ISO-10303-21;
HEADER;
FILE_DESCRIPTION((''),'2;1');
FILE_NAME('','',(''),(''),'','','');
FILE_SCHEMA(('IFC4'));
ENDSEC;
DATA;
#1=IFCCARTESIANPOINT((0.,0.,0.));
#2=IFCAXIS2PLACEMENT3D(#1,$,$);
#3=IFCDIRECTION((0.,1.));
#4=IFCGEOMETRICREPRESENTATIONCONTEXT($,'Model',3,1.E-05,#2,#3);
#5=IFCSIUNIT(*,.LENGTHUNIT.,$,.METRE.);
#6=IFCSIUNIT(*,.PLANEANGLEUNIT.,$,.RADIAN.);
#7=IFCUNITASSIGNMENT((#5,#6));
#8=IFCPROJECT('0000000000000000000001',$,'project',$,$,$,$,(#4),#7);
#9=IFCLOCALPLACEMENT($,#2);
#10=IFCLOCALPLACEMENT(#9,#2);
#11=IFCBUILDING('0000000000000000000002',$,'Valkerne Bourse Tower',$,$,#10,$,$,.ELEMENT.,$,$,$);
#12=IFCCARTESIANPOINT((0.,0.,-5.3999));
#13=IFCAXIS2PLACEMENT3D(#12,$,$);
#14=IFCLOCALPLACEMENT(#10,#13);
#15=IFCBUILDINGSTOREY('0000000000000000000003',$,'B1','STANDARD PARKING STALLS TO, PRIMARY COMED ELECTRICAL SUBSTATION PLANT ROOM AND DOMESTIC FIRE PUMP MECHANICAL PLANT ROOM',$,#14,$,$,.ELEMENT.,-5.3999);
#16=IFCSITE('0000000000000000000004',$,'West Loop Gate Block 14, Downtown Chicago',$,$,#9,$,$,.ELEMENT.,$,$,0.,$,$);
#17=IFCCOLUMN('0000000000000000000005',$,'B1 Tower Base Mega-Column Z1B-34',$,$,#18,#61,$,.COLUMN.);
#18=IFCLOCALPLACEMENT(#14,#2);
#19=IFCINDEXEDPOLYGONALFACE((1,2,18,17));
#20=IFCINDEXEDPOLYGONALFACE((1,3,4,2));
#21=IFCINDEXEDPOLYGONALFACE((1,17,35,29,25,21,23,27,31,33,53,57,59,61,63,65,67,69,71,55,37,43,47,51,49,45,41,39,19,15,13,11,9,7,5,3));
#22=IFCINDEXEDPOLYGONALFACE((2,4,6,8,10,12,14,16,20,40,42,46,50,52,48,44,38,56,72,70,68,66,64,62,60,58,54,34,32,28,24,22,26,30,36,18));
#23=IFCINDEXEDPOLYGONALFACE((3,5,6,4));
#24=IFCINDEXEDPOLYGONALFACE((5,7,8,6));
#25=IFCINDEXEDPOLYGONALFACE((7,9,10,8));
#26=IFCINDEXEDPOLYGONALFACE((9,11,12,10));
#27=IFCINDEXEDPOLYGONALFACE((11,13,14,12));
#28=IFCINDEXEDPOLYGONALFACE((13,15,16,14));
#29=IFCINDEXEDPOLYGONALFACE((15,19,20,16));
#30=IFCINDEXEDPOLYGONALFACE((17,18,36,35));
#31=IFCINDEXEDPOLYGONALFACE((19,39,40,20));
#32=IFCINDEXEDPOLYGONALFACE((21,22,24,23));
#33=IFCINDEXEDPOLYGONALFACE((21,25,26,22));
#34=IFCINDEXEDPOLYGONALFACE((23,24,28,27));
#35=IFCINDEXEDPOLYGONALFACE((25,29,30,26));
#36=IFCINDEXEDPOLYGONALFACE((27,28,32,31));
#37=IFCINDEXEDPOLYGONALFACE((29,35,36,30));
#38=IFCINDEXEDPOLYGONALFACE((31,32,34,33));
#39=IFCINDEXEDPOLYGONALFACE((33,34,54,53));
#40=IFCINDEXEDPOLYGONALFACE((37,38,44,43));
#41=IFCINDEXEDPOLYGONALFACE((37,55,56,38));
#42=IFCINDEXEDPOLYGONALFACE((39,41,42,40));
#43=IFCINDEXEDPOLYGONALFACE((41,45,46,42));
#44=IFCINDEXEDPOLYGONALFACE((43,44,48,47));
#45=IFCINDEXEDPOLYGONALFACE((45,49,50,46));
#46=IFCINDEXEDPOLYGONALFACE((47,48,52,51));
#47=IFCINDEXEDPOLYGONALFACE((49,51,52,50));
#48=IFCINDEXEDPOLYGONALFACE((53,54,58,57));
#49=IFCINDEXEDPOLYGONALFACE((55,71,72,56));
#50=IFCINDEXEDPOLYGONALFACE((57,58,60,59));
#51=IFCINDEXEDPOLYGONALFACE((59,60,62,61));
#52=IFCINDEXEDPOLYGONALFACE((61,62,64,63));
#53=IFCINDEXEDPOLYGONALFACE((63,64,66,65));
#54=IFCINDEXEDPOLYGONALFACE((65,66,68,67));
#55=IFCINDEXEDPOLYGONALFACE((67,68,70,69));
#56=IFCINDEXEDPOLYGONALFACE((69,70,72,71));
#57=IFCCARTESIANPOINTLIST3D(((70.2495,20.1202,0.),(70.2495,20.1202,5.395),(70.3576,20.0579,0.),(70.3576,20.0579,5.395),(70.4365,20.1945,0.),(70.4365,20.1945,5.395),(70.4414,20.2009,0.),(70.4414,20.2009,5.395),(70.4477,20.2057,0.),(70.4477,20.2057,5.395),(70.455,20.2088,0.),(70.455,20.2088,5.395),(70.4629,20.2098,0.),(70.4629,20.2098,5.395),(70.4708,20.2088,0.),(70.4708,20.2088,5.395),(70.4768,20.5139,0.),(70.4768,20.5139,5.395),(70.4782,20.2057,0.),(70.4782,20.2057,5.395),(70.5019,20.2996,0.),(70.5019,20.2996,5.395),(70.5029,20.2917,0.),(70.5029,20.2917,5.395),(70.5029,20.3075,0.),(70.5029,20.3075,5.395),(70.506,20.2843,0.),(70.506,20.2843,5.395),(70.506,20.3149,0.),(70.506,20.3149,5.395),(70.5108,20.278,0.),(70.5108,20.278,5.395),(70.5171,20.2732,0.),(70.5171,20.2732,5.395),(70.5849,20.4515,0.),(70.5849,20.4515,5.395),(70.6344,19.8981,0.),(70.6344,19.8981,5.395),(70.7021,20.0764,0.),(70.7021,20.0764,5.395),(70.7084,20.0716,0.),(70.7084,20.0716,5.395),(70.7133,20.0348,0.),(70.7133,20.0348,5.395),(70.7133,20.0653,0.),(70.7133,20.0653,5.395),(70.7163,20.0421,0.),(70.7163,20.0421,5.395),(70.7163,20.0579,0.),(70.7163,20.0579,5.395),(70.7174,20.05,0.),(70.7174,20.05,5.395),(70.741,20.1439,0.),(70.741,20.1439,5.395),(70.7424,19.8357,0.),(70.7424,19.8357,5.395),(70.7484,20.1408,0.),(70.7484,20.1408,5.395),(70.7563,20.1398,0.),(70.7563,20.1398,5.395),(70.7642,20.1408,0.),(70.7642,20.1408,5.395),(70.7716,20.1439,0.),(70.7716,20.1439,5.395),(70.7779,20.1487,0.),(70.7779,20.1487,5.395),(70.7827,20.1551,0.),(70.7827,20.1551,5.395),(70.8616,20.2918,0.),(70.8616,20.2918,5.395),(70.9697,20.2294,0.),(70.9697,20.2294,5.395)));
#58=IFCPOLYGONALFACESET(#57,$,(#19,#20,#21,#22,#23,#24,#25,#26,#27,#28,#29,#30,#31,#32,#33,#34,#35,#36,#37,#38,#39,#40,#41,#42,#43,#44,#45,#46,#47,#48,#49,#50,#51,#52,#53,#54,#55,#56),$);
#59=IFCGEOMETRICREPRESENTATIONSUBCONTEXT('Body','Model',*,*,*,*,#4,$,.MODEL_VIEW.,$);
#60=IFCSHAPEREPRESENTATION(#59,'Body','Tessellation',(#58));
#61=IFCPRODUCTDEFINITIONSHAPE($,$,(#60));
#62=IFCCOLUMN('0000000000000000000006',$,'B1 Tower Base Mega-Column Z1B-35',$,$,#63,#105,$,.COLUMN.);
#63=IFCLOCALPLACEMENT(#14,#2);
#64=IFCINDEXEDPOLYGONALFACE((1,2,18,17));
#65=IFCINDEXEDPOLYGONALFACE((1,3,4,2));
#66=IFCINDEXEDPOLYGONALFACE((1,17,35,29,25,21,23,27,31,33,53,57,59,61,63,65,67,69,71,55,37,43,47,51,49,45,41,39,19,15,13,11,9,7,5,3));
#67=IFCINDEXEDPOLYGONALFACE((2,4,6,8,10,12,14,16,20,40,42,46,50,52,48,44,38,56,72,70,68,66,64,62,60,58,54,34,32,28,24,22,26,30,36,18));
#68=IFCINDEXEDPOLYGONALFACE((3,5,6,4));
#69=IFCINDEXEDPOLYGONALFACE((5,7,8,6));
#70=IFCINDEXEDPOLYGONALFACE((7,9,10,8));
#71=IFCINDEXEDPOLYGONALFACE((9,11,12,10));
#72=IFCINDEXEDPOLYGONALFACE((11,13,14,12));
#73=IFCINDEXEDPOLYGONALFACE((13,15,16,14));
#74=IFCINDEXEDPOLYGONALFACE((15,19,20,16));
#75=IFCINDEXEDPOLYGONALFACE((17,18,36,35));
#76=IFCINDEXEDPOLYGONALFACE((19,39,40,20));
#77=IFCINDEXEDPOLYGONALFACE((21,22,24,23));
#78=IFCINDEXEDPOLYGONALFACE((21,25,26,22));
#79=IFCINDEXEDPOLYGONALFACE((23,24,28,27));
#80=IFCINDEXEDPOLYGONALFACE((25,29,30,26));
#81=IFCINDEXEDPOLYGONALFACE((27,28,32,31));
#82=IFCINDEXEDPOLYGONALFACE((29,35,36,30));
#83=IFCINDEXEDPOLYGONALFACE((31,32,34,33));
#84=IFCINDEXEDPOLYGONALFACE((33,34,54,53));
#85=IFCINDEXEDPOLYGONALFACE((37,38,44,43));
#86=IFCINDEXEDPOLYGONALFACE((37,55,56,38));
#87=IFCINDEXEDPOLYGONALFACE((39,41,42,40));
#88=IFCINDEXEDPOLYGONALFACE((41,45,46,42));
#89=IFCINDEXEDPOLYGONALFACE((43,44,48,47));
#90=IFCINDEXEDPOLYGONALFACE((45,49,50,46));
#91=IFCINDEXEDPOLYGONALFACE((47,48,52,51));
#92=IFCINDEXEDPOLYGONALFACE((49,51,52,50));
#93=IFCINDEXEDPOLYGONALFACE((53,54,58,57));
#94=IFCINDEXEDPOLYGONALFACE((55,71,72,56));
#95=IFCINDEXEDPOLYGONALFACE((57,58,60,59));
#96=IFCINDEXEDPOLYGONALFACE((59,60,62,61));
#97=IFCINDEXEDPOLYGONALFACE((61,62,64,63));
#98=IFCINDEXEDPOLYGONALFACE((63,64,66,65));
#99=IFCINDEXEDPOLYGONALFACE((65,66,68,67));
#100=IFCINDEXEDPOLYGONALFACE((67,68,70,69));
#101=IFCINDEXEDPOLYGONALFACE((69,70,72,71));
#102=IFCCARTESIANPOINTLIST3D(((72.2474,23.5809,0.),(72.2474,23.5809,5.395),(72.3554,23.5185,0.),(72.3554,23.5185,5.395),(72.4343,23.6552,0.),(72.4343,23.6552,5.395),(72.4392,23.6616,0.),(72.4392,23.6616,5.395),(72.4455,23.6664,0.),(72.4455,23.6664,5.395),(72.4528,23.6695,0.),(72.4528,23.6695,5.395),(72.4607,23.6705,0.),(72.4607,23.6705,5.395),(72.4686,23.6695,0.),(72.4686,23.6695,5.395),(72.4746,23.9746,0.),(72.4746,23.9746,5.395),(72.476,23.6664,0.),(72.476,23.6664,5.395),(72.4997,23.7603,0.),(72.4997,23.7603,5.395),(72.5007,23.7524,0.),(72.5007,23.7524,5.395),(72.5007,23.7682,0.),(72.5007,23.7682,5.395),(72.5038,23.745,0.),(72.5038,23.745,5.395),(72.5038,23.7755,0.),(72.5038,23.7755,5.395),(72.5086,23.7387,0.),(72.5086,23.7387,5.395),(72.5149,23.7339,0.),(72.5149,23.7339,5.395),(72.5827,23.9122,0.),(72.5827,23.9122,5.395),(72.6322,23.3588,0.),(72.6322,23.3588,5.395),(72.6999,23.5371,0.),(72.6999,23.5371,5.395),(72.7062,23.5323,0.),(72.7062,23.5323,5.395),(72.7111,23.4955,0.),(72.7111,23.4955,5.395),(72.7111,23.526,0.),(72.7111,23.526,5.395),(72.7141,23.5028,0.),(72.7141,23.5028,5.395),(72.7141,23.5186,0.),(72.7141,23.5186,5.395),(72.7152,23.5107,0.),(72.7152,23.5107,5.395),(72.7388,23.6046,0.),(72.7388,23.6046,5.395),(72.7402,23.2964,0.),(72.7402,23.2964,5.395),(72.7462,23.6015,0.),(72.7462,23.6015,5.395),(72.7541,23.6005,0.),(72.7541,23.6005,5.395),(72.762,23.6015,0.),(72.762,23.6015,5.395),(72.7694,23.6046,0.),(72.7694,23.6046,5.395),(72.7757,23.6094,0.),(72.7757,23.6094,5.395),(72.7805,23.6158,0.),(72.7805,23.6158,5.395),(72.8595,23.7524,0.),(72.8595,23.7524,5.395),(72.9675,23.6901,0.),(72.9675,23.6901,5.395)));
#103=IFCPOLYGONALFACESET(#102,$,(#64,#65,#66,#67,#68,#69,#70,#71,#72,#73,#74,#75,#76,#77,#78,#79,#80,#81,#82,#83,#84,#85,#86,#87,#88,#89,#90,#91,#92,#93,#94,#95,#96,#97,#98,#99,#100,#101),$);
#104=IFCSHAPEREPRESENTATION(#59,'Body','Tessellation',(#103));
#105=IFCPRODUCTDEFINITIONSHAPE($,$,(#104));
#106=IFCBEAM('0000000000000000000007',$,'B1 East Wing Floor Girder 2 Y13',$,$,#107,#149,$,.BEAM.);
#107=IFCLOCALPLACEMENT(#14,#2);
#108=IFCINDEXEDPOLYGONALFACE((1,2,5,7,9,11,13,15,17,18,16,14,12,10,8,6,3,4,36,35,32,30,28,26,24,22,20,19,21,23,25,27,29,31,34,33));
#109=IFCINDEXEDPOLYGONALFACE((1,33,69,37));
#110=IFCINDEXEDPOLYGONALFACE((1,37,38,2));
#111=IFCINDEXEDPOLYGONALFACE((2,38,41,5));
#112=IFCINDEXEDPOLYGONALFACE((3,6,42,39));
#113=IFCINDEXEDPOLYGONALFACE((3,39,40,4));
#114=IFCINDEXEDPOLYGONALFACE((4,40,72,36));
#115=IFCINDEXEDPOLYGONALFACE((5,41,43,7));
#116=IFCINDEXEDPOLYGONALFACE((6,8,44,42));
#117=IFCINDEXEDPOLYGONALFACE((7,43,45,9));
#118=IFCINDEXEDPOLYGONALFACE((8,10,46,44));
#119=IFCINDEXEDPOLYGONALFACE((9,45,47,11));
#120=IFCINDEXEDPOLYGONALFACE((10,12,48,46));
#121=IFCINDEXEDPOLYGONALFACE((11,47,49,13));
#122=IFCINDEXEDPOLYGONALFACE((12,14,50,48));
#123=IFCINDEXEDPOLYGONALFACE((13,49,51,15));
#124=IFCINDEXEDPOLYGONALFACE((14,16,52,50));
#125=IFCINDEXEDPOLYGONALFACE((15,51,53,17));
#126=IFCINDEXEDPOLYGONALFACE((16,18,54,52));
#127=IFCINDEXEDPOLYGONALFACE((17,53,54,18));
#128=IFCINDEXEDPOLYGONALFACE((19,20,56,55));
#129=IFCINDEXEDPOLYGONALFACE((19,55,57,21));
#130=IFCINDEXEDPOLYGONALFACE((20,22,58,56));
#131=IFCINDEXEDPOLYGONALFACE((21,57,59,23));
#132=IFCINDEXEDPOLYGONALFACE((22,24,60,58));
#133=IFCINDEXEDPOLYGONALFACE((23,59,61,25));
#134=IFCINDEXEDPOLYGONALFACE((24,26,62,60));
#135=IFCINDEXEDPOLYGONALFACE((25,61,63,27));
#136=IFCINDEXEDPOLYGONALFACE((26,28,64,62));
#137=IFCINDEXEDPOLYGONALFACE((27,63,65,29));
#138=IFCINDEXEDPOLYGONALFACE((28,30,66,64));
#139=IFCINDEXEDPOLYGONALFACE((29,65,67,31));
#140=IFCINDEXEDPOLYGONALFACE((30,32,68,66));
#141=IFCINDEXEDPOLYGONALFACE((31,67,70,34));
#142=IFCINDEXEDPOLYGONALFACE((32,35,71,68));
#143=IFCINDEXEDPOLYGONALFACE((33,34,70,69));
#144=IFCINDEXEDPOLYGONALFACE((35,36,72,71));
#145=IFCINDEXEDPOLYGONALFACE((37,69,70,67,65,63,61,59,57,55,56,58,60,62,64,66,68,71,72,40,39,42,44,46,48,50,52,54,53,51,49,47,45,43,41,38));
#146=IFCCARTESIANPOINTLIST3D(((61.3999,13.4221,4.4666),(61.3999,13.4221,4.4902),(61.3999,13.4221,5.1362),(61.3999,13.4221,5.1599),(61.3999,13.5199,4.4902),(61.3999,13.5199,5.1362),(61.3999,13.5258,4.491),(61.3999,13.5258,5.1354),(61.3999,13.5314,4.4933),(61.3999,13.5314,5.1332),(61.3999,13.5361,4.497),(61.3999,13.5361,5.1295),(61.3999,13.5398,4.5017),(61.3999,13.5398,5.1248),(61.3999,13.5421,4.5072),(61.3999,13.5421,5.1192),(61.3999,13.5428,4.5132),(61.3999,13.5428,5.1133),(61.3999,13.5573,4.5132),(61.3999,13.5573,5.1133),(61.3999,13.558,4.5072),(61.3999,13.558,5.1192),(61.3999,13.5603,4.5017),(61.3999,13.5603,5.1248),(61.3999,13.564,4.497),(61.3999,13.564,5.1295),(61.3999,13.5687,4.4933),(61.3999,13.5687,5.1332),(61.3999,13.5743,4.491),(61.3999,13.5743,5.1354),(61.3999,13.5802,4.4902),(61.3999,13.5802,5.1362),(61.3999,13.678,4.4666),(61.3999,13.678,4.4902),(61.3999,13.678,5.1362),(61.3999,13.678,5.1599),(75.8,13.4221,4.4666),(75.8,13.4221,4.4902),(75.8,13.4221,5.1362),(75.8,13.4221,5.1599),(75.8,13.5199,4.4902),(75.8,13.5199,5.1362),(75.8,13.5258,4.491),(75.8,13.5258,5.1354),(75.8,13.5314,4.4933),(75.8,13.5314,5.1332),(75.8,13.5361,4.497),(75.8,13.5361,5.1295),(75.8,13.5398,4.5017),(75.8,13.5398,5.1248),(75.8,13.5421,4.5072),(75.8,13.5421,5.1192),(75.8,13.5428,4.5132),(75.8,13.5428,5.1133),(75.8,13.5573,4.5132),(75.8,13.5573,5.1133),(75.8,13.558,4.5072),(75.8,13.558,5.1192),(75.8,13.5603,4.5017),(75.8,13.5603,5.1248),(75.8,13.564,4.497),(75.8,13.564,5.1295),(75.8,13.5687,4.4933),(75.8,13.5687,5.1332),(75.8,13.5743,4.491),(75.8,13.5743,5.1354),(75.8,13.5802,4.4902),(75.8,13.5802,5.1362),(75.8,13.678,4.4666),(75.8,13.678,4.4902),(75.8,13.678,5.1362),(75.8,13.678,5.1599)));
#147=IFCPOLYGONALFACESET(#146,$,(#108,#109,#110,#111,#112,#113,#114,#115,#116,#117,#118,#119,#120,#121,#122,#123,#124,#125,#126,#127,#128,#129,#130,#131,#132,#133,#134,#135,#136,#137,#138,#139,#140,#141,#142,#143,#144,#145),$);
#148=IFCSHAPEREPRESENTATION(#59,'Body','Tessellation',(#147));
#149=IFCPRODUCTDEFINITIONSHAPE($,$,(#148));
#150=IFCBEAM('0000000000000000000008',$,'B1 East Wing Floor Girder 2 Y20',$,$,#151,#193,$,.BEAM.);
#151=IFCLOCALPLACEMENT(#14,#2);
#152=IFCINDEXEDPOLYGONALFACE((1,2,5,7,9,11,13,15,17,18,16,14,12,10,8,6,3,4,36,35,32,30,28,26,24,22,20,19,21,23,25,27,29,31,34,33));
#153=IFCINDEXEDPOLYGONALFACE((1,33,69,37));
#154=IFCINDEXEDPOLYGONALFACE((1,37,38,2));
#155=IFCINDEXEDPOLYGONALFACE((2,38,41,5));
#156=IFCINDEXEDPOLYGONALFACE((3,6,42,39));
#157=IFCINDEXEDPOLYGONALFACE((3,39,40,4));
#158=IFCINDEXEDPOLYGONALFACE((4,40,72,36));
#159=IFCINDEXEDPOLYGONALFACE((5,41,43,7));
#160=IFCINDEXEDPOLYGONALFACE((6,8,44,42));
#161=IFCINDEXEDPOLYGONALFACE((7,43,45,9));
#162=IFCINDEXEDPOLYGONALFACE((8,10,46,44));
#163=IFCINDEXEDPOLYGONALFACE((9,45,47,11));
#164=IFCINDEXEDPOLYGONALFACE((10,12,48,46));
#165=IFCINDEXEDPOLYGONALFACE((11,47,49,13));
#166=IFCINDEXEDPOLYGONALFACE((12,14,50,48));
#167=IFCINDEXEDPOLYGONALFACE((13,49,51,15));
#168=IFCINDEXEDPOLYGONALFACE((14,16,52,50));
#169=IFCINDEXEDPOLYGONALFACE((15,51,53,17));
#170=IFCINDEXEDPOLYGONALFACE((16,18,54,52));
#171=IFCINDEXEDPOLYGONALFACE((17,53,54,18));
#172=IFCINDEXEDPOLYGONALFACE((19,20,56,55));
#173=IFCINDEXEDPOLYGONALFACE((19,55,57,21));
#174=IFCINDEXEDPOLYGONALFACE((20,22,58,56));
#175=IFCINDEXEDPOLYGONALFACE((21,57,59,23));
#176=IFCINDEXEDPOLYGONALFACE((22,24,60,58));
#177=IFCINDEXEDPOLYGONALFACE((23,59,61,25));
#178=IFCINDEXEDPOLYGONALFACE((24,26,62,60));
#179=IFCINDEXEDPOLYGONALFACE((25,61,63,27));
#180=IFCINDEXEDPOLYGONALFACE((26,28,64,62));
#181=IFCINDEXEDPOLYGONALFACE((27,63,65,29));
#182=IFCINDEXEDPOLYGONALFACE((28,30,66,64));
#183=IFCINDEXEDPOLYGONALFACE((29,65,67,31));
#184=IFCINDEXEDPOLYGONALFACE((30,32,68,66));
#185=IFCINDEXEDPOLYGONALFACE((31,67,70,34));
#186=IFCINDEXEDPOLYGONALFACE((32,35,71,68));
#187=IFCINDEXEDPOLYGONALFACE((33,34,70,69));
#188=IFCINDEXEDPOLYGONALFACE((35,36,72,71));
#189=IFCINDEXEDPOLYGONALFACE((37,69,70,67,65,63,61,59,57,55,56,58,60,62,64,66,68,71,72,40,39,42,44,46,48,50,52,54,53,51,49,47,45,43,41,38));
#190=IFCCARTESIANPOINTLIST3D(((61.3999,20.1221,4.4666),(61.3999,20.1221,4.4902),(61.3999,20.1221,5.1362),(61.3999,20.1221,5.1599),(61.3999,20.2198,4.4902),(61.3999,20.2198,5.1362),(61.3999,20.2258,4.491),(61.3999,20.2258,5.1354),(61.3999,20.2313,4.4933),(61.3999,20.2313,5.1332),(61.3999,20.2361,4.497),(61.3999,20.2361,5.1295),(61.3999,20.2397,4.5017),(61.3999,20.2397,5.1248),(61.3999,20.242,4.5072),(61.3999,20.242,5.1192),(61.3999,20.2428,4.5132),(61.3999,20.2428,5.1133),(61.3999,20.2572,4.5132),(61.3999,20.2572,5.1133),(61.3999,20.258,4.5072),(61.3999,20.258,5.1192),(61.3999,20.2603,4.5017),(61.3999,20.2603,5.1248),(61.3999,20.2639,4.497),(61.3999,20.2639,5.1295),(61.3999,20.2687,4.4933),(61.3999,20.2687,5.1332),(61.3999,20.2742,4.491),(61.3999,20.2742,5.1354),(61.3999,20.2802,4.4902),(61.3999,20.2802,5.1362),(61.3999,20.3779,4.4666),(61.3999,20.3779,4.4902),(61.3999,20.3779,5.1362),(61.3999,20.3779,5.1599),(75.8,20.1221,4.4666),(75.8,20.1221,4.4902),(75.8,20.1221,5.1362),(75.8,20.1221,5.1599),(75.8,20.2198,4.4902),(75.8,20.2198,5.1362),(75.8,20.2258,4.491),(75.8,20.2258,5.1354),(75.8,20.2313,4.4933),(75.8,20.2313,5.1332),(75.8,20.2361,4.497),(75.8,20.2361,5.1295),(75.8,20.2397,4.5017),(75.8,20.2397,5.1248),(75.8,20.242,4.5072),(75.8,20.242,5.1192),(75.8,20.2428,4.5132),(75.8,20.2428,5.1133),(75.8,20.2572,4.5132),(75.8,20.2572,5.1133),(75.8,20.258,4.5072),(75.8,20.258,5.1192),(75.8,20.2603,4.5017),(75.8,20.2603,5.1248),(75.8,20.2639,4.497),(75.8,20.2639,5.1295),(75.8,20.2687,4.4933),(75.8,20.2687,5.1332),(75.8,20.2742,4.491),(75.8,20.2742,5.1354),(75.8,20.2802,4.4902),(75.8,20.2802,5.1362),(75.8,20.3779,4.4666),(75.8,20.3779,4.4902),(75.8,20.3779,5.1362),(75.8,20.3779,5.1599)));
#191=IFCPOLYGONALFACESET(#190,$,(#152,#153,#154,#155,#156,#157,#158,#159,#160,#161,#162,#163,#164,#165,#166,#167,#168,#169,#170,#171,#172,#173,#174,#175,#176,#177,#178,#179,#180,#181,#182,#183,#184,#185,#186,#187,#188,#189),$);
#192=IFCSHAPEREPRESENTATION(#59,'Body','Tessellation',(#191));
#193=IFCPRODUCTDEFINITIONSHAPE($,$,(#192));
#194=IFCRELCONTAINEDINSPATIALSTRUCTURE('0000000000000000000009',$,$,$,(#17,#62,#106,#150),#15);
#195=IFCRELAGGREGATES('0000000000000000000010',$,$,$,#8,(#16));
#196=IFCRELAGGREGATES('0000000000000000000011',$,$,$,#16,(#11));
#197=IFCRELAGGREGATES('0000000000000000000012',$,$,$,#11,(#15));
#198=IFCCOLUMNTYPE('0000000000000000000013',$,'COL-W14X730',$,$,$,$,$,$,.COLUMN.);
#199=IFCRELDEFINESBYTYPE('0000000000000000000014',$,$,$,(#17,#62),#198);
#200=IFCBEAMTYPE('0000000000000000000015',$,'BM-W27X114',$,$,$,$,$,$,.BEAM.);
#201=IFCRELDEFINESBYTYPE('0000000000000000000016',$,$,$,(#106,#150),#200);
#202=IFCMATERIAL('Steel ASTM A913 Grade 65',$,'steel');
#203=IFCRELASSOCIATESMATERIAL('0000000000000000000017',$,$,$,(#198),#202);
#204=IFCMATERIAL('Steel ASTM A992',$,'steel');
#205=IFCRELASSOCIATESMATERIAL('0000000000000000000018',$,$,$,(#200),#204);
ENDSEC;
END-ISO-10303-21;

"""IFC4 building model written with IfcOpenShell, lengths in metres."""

from ifc_helpers import new_model, si_unit, direction, frame, origin, origin_2d, place, context, subcontext, project, spatial, i_section, extrude, material, material_profile, profile_set, type_object, element, save


model = new_model("IFC4")

# Units and contexts
model_context = context("Model", 3, precision=1e-05, world=origin(), true_north=direction((0.0, 1.0)))
body_context = subcontext(model_context, "Body", "Model", "MODEL_VIEW")
ifc_project = project(units=[si_unit("LENGTHUNIT", "METRE"), si_unit("PLANEANGLEUNIT", "RADIAN")], contexts=[model_context])

# Site, building, storey
site_placement = place(None, origin())
site = spatial("IfcSite", under=ifc_project, at=site_placement, Name="West Loop Gate Block 14, Downtown Chicago", CompositionType="ELEMENT", RefElevation=0.0)
building_placement = place(site_placement, origin())
building = spatial("IfcBuilding", under=site, at=building_placement, Name="Valkerne Bourse Tower", CompositionType="ELEMENT")
storey_placement = place(building_placement, frame((0.0, 0.0, -5.3999)))
storey = spatial("IfcBuildingStorey", under=building, at=storey_placement, Name="B1", Description="STANDARD PARKING STALLS TO, PRIMARY COMED ELECTRICAL SUBSTATION PLANT ROOM AND DOMESTIC FIRE PUMP MECHANICAL PLANT ROOM", CompositionType="ELEMENT", Elevation=-5.3999)

# Columns
ifc_material_1 = material(Name="Steel ASTM A913 Grade 65", Category="steel")
ifc_material_profile_1 = material_profile(ifc_material_1, i_section(OverallWidth=0.4546, OverallDepth=0.5691, WebThickness=0.0779, FlangeThickness=0.1248, FilletRadius=0.0305, at=origin_2d()), Name="W14X730")
ifc_profile_set_1 = profile_set([ifc_material_profile_1], Name="Steel ASTM A913 Grade 65")
column_type_1 = type_object("IfcColumnType", Name="COL-W14X730", PredefinedType="COLUMN", material=ifc_profile_set_1)
for number, where, z_axis, x_axis, name in (
    (1, (70.6096, 20.1748, 0.0), (0.0, 0.0, 1.0), (0.5, 0.866025, 0.0), "B1 Tower Base Mega-Column Z1B-34"),
    (2, (72.6074, 23.6355, 0.0), (0.0, 0.0, 1.0), (0.5, 0.866025, 0.0), "B1 Tower Base Mega-Column Z1B-35"),
):
    element("IfcColumn", number, at=place(storey_placement, frame(where, z_axis=z_axis, x_axis=x_axis)), inside=storey, type_object=column_type_1, Name=name, PredefinedType="COLUMN", context=body_context, shape_type="SweptSolid", body=[
        extrude(i_section(OverallWidth=0.4546, OverallDepth=0.5691, WebThickness=0.0779, FlangeThickness=0.1248, FilletRadius=0.0305, at=origin_2d()), origin(), (0.0, 0.0, 1.0), 5.395),
    ])

# Beams
ifc_material_2 = material(Name="Steel ASTM A992", Category="steel")
ifc_material_profile_2 = material_profile(ifc_material_2, i_section(OverallWidth=0.2559, OverallDepth=0.6934, WebThickness=0.0144, FlangeThickness=0.0237, FilletRadius=0.0229, at=origin_2d()), Name="W27X114")
ifc_profile_set_2 = profile_set([ifc_material_profile_2], Name="Steel ASTM A992")
beam_type_1 = type_object("IfcBeamType", Name="BM-W27X114", PredefinedType="BEAM", material=ifc_profile_set_2)
for number, where, z_axis, x_axis, name in (
    (3, (61.3999, 13.55, 4.8132), (1.0, 0.0, 0.0), (0.0, 1.0, 0.0), "B1 East Wing Floor Girder 2 Y13"),
    (4, (61.3999, 20.25, 4.8132), (1.0, 0.0, 0.0), (0.0, 1.0, 0.0), "B1 East Wing Floor Girder 2 Y20"),
):
    element("IfcBeam", number, at=place(storey_placement, frame(where, z_axis=z_axis, x_axis=x_axis)), inside=storey, type_object=beam_type_1, Name=name, PredefinedType="BEAM", context=body_context, shape_type="SweptSolid", body=[
        extrude(i_section(OverallWidth=0.2559, OverallDepth=0.6934, WebThickness=0.0144, FlangeThickness=0.0237, FilletRadius=0.0229, at=origin_2d()), origin(), (0.0, 0.0, 1.0), 14.4001),
    ])

save(model, "model.ifc")
